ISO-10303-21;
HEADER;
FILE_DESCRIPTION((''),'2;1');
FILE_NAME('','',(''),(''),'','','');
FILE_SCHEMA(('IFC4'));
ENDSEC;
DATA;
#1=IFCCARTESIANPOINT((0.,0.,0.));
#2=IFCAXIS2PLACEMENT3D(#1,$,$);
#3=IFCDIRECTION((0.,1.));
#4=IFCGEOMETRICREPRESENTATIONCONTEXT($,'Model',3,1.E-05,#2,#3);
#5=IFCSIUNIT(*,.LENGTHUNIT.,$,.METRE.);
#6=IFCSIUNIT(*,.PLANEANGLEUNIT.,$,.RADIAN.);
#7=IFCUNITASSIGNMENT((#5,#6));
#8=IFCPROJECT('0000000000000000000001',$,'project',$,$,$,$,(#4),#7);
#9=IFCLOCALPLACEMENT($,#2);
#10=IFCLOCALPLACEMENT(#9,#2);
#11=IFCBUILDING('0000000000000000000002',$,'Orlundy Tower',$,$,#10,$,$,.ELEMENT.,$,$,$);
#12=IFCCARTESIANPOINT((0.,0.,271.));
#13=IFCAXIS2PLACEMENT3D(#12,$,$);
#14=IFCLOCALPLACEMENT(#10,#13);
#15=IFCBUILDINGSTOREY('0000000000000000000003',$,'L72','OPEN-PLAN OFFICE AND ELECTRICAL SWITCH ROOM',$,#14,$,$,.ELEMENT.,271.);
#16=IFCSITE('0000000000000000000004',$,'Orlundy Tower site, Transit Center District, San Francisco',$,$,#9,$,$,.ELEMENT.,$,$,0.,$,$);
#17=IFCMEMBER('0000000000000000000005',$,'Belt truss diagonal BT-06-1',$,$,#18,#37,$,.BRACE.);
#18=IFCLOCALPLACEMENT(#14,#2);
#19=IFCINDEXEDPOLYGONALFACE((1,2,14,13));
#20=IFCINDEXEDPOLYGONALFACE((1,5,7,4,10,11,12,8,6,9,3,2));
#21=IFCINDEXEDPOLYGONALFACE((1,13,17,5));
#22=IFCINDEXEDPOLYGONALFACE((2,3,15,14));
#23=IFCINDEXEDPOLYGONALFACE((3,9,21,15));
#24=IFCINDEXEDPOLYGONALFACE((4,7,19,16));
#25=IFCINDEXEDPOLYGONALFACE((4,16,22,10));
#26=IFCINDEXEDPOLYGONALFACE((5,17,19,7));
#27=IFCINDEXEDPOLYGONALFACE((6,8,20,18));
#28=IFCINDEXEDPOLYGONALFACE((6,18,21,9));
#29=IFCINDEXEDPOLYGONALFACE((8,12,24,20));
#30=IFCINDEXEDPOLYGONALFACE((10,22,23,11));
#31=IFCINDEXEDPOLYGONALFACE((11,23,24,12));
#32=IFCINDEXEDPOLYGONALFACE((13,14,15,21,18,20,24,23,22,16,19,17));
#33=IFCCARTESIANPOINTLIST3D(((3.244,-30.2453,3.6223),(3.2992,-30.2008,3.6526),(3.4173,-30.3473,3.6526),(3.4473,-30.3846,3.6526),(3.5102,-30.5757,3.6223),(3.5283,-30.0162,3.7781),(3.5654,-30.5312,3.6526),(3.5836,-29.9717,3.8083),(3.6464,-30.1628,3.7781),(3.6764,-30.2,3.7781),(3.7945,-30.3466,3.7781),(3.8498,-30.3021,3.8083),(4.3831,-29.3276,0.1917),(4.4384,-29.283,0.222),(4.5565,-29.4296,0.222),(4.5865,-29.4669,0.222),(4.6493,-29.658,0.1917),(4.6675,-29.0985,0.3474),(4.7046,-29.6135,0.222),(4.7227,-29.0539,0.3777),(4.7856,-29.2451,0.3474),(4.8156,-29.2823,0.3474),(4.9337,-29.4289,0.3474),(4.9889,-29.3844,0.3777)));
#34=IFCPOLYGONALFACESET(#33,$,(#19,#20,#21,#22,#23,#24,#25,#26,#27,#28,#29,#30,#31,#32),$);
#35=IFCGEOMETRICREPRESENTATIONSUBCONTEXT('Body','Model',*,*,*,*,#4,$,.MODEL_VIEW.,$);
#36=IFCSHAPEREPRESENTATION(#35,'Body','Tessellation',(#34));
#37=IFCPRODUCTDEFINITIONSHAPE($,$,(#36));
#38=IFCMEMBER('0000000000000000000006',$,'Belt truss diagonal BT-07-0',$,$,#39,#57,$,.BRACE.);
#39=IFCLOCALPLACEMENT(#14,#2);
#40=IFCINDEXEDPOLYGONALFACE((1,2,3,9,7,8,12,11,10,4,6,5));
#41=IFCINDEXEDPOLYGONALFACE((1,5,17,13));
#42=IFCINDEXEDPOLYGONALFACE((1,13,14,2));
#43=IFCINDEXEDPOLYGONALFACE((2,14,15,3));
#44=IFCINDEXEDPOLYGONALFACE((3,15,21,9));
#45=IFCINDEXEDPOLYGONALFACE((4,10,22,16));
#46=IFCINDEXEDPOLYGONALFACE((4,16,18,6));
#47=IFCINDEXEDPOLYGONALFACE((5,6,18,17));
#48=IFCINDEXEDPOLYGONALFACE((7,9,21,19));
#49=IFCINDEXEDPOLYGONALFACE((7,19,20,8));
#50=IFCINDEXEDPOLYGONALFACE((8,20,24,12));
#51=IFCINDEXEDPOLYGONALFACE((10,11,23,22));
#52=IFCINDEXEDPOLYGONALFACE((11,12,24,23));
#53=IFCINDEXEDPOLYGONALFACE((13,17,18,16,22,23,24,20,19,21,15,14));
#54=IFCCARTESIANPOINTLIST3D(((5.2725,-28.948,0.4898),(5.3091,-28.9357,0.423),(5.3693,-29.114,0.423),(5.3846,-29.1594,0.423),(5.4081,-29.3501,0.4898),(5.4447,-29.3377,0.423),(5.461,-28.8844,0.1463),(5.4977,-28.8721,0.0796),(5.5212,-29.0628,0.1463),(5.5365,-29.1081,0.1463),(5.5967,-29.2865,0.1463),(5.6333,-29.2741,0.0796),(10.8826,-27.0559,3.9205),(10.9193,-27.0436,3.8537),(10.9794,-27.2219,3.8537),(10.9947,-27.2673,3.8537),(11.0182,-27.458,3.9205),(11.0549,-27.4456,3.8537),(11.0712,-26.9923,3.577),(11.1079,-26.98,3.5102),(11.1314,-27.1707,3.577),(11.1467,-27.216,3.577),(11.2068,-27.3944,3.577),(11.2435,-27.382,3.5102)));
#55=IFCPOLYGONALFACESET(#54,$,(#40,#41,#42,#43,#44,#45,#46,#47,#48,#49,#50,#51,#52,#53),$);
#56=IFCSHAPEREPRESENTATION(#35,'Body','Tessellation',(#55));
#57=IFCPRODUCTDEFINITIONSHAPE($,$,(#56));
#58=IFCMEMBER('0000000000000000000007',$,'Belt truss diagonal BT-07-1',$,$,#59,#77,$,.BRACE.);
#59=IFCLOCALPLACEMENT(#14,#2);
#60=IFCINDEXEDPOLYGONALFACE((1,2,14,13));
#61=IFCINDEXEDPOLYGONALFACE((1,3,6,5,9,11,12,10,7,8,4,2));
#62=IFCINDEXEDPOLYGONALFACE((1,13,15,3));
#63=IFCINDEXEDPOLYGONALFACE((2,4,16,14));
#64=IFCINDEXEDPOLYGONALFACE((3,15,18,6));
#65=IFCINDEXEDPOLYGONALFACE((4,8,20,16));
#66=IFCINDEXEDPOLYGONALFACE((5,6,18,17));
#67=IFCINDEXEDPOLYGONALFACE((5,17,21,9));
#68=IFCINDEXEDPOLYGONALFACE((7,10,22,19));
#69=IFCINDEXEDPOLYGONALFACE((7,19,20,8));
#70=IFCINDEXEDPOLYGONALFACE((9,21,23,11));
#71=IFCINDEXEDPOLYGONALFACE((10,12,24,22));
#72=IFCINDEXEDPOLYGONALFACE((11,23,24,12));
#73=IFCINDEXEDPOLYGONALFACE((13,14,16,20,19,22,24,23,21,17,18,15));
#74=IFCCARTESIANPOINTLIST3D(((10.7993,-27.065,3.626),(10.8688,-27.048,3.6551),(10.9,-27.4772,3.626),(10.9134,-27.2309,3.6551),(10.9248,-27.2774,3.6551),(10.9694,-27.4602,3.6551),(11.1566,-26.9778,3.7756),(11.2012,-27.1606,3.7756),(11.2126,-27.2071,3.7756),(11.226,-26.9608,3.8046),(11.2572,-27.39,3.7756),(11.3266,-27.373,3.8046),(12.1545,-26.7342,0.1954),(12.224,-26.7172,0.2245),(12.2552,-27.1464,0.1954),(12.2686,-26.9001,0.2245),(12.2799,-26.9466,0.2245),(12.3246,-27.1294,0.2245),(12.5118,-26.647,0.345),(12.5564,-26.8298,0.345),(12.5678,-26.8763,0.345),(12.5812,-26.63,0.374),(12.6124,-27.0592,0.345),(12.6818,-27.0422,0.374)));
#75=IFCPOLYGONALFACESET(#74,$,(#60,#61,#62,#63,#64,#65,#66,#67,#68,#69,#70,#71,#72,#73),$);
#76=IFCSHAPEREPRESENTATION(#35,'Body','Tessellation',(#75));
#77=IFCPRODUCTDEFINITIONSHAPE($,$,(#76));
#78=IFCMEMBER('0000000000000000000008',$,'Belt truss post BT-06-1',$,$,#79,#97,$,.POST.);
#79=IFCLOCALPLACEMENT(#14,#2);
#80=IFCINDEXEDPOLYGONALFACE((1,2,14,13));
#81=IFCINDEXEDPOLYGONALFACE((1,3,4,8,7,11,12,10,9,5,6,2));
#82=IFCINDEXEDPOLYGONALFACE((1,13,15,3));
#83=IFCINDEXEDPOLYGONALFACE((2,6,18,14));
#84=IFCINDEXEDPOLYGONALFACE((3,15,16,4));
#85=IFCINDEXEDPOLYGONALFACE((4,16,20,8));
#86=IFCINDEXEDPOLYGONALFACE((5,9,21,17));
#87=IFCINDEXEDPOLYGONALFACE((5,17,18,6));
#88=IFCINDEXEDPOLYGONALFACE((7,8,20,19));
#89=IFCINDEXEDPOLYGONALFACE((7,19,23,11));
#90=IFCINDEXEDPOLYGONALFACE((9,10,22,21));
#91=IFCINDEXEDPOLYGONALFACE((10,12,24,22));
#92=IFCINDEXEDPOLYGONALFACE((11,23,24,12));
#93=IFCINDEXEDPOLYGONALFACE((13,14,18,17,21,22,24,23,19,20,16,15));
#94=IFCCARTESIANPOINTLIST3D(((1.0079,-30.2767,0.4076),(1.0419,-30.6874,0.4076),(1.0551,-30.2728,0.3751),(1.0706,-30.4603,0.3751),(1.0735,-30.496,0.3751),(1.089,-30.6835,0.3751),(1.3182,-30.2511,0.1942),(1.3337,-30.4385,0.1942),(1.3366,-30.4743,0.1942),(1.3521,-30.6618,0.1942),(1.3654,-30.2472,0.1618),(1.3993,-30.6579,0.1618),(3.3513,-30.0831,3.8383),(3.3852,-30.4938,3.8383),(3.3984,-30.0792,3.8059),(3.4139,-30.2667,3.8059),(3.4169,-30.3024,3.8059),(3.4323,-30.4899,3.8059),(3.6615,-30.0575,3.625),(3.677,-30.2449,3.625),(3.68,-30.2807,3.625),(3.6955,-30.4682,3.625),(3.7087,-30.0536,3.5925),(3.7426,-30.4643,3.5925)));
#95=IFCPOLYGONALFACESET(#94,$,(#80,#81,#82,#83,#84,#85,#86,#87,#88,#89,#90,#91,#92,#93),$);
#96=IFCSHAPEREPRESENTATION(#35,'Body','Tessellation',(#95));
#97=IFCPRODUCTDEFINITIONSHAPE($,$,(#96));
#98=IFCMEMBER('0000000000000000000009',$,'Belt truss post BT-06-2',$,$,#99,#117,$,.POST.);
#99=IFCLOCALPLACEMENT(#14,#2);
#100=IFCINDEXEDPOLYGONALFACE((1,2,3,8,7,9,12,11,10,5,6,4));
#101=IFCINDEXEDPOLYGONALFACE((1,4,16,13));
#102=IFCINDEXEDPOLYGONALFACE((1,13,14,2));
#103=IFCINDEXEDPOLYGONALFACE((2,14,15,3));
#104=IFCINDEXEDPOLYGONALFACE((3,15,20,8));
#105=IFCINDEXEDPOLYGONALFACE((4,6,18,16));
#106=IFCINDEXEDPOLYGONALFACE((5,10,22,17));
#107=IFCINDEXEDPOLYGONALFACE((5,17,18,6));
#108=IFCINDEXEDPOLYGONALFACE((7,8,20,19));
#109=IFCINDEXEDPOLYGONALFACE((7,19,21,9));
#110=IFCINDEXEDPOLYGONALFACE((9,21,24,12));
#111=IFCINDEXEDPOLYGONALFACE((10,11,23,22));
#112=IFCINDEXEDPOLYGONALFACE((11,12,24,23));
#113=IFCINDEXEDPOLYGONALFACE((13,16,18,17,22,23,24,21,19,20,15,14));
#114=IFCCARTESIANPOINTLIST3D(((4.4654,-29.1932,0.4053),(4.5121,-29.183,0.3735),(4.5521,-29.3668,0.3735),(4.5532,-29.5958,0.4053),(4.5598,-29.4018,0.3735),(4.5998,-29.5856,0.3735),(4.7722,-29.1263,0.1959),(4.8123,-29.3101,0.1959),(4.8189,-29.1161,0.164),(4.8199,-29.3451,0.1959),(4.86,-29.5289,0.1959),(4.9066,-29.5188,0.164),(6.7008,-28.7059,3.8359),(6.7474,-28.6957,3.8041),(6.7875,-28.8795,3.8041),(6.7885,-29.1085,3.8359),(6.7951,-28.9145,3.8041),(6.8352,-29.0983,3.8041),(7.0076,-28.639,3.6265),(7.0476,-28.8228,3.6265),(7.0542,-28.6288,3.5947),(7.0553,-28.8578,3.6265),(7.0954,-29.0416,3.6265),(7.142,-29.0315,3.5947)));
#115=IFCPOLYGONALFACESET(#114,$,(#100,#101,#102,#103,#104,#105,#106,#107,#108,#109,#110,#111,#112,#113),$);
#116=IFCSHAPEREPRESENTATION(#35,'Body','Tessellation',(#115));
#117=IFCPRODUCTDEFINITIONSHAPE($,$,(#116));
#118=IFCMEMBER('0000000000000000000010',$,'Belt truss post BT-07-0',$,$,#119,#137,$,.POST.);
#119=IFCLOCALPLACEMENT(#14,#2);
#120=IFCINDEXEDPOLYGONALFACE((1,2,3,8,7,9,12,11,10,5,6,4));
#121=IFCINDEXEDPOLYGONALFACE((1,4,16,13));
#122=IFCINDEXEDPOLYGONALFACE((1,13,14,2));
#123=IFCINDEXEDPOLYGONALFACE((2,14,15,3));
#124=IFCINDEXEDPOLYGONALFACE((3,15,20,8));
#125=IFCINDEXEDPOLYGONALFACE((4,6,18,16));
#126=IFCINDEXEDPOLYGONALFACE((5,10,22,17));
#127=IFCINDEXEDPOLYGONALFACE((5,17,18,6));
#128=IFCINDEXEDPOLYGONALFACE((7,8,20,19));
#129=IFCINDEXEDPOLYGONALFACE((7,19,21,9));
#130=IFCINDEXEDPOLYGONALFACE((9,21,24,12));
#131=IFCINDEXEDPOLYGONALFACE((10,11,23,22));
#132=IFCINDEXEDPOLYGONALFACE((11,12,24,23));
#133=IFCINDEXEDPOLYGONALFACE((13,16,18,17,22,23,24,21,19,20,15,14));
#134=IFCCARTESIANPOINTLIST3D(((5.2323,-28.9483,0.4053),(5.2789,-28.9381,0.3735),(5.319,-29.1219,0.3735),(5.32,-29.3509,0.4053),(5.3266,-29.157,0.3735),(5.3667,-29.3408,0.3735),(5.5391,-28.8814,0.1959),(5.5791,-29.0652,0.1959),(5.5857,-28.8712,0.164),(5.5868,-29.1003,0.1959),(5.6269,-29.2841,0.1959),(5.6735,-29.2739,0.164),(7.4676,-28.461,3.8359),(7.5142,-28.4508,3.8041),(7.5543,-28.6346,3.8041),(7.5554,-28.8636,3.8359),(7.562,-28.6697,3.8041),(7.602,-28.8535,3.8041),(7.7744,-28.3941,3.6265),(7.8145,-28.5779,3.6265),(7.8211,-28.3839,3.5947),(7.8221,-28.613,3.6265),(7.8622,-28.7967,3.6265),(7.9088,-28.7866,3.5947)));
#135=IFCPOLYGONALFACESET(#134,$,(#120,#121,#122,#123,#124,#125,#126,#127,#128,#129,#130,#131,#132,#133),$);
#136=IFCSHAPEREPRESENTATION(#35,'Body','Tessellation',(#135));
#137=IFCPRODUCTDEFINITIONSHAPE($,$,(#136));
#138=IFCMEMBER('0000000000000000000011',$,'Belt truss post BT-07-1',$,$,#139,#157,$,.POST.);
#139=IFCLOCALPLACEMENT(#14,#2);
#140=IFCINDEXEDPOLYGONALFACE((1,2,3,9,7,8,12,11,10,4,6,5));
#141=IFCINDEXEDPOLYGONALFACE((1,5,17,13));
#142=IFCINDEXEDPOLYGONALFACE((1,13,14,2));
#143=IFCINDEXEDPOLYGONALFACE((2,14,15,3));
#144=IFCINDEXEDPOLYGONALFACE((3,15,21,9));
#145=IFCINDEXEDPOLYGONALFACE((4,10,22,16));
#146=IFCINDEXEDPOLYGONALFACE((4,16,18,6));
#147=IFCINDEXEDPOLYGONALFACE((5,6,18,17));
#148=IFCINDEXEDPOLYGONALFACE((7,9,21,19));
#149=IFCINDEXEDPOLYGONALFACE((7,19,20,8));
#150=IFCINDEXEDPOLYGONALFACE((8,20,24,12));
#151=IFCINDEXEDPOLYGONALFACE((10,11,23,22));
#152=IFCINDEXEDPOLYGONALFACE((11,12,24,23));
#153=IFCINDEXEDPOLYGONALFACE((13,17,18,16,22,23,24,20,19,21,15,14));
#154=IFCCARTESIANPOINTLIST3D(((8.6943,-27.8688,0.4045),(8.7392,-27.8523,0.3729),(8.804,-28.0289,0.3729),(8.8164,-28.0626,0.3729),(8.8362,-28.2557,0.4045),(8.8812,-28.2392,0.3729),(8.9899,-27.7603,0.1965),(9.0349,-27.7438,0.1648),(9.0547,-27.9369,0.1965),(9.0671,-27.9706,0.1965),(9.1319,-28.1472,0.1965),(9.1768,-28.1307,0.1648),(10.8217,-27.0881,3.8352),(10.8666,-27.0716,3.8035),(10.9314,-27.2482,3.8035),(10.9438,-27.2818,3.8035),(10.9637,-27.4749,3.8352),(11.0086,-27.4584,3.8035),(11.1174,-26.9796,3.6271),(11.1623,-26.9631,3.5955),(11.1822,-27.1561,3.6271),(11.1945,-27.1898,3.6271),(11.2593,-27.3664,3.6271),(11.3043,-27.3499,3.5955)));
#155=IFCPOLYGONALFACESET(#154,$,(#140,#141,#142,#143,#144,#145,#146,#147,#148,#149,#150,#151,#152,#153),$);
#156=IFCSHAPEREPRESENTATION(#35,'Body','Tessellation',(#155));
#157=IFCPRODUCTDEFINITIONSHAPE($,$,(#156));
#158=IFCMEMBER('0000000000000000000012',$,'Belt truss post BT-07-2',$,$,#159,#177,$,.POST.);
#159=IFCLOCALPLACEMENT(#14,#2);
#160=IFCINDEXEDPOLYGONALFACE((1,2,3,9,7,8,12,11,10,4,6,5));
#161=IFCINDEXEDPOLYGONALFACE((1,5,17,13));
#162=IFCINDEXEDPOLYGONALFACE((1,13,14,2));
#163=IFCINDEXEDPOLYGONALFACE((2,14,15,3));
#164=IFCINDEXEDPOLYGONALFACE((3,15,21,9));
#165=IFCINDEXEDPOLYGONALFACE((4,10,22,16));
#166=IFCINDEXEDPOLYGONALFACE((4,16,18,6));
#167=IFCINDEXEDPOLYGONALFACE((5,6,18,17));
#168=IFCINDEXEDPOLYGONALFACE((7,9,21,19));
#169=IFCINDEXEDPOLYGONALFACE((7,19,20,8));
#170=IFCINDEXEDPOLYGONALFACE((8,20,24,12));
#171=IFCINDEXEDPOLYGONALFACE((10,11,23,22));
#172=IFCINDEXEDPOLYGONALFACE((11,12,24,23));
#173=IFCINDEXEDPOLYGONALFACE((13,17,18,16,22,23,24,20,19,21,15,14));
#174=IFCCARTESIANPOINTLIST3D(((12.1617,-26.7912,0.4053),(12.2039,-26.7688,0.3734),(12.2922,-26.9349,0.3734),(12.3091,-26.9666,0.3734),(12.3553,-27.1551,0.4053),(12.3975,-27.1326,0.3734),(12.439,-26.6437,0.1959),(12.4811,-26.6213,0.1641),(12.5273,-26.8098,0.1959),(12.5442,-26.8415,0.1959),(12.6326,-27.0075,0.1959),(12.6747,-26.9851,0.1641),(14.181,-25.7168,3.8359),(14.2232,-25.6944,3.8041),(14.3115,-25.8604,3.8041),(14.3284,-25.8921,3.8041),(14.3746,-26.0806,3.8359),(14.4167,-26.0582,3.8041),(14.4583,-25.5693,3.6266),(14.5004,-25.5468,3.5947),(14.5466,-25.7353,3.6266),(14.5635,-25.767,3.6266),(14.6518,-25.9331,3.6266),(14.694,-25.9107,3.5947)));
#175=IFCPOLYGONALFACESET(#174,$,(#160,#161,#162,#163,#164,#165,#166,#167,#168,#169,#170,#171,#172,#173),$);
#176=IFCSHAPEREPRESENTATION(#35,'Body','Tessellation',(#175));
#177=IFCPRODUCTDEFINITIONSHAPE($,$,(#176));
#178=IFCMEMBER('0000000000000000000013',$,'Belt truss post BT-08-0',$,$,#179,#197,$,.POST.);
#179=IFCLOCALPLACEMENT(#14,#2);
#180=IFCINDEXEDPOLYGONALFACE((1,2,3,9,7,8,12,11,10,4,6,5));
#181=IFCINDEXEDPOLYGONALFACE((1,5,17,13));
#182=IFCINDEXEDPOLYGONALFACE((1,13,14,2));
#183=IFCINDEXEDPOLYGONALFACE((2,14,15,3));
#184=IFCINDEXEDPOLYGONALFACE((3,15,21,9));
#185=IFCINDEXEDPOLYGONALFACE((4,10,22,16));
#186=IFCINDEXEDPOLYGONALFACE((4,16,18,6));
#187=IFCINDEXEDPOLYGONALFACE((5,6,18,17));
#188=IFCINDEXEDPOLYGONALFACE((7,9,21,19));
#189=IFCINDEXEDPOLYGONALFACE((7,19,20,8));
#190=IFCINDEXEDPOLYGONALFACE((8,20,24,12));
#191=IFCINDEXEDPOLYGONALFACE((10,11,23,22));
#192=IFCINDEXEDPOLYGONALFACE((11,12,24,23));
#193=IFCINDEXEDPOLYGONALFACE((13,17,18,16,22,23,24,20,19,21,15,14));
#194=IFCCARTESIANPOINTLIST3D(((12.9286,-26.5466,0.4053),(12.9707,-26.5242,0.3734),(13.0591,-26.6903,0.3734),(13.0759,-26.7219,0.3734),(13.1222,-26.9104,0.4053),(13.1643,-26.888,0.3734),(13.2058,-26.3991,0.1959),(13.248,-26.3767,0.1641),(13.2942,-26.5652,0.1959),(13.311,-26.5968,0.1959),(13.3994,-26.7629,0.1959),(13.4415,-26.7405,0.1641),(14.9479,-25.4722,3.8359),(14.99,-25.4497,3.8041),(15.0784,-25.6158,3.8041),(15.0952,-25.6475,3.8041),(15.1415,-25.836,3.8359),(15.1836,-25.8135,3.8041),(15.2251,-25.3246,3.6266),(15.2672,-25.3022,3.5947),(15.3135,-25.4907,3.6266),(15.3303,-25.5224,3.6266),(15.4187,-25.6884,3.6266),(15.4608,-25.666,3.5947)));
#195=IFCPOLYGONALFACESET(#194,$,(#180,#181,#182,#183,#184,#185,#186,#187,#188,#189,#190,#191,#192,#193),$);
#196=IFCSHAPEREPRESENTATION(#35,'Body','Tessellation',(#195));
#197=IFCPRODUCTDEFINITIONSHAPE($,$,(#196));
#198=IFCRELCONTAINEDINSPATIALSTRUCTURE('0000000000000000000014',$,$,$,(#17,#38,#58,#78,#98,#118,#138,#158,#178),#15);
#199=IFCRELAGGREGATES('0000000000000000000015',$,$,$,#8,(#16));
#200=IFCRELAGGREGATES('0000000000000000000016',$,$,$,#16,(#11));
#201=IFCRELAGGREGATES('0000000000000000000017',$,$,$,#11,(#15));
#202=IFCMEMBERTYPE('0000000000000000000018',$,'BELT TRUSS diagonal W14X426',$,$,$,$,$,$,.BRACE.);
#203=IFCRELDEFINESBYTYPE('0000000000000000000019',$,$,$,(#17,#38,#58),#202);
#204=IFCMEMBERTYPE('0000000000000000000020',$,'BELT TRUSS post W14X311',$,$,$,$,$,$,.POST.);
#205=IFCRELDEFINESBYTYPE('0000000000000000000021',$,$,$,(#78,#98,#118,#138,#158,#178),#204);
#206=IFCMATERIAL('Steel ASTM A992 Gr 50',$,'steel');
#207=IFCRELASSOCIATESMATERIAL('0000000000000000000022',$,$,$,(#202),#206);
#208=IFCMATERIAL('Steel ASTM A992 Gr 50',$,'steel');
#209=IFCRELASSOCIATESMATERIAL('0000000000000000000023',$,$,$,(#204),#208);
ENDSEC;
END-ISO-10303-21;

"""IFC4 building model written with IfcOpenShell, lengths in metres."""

from ifc_helpers import new_model, si_unit, direction, frame, origin, origin_2d, place, context, subcontext, project, spatial, i_section, extrude, material, material_profile, profile_set, type_object, element, save


model = new_model("IFC4")

# Units and contexts
model_context = context("Model", 3, precision=1e-05, world=origin(), true_north=direction((0.0, 1.0)))
body_context = subcontext(model_context, "Body", "Model", "MODEL_VIEW")
ifc_project = project(units=[si_unit("LENGTHUNIT", "METRE"), si_unit("PLANEANGLEUNIT", "RADIAN")], contexts=[model_context])

# Site, building, storey
site_placement = place(None, origin())
site = spatial("IfcSite", under=ifc_project, at=site_placement, Name="Orlundy Tower site, Transit Center District, San Francisco", CompositionType="ELEMENT", RefElevation=0.0)
building_placement = place(site_placement, origin())
building = spatial("IfcBuilding", under=site, at=building_placement, Name="Orlundy Tower", CompositionType="ELEMENT")
storey_placement = place(building_placement, frame((0.0, 0.0, 271.0)))
storey = spatial("IfcBuildingStorey", under=building, at=storey_placement, Name="L72", Description="OPEN-PLAN OFFICE AND ELECTRICAL SWITCH ROOM", CompositionType="ELEMENT", Elevation=271.0)

# Members
ifc_material_1 = material(Name="Steel ASTM A992 Gr 50", Category="steel")
ifc_material_profile_1 = material_profile(ifc_material_1, i_section(OverallWidth=0.4243, OverallDepth=0.4741, WebThickness=0.0479, FlangeThickness=0.0771, at=origin_2d()), Name="W14X426")
ifc_profile_set_1 = profile_set([ifc_material_profile_1], Name="Steel ASTM A992 Gr 50")
member_type_1 = type_object("IfcMemberType", Name="BELT TRUSS diagonal W14X426", PredefinedType="BRACE", material=ifc_profile_set_1)
member_1_placement = place(storey_placement, frame((3.5469, -30.2737, 3.7153), z_axis=(0.305444, 0.24607, -0.919866), x_axis=(-0.627358, 0.778731, 0.0)))
element("IfcMember", 1, at=member_1_placement, inside=storey, type_object=member_type_1, Name="Belt truss diagonal BT-06-1", PredefinedType="BRACE", context=body_context, shape_type="SweptSolid", body=[
    extrude(i_section(OverallWidth=0.4243, OverallDepth=0.4741, WebThickness=0.0479, FlangeThickness=0.0771, at=origin_2d()), origin(), (0.0, 0.0, 1.0), 3.7295),
])
member_2_placement = place(storey_placement, frame((5.4529, -29.1111, 0.2847), z_axis=(0.819866, 0.276512, 0.50136), x_axis=(-0.319578, 0.94756, 0.0)))
element("IfcMember", 2, at=member_2_placement, inside=storey, type_object=member_type_1, Name="Belt truss diagonal BT-07-0", PredefinedType="BRACE", context=body_context, shape_type="SweptSolid", body=[
    extrude(i_section(OverallWidth=0.4243, OverallDepth=0.4741, WebThickness=0.0479, FlangeThickness=0.0771, at=origin_2d()), origin(), (0.0, 0.0, 1.0), 6.8428),
])
member_3_placement = place(storey_placement, frame((11.063, -27.219, 3.7153), z_axis=(0.365936, 0.089325, -0.926343), x_axis=(-0.237137, 0.971476, 0.0)))
element("IfcMember", 3, at=member_3_placement, inside=storey, type_object=member_type_1, Name="Belt truss diagonal BT-07-1", PredefinedType="BRACE", context=body_context, shape_type="SweptSolid", body=[
    extrude(i_section(OverallWidth=0.4243, OverallDepth=0.4741, WebThickness=0.0479, FlangeThickness=0.0771, at=origin_2d()), origin(), (0.0, 0.0, 1.0), 3.7034),
])
ifc_material_2 = material(Name="Steel ASTM A992 Gr 50", Category="steel")
ifc_material_profile_2 = material_profile(ifc_material_2, i_section(OverallWidth=0.4121, OverallDepth=0.4348, WebThickness=0.0359, FlangeThickness=0.0574, at=origin_2d()), Name="W14X311")
ifc_profile_set_2 = profile_set([ifc_material_profile_2], Name="Steel ASTM A992 Gr 50")
member_type_2 = type_object("IfcMemberType", Name="BELT TRUSS post W14X311", PredefinedType="POST", material=ifc_profile_set_2)
member_4_placement = place(storey_placement, frame((1.2036, -30.4673, 0.2847), z_axis=(0.563411, 0.04655, 0.824864), x_axis=(-0.082341, 0.996604, 0.0)))
element("IfcMember", 4, at=member_4_placement, inside=storey, type_object=member_type_2, Name="Belt truss post BT-06-1", PredefinedType="POST", context=body_context, shape_type="SweptSolid", body=[
    extrude(i_section(OverallWidth=0.4121, OverallDepth=0.4348, WebThickness=0.0359, FlangeThickness=0.0574, at=origin_2d()), origin(), (0.0, 0.0, 1.0), 4.1592),
])
for number, where, z_axis, x_axis, name in (
    (5, (4.686, -29.356, 0.2847), (0.542093, 0.118176, 0.831967), (-0.212997, 0.977053, 0.0), "Belt truss post BT-06-2"),
    (6, (5.4529, -29.1111, 0.2847), (0.542093, 0.118176, 0.831967), (-0.212997, 0.977053, 0.0), "Belt truss post BT-07-0"),
):
    element("IfcMember", number, at=place(storey_placement, frame(where, z_axis=z_axis, x_axis=x_axis)), inside=storey, type_object=member_type_2, Name=name, PredefinedType="POST", context=body_context, shape_type="SweptSolid", body=[
        extrude(i_section(OverallWidth=0.4121, OverallDepth=0.4348, WebThickness=0.0359, FlangeThickness=0.0574, at=origin_2d()), origin(), (0.0, 0.0, 1.0), 4.1235),
    ])
member_5_placement = place(storey_placement, frame((8.9355, -27.9998, 0.2847), z_axis=(0.517427, 0.189894, 0.834392), x_axis=(-0.344527, 0.938776, 0.0)))
element("IfcMember", 7, at=member_5_placement, inside=storey, type_object=member_type_2, Name="Belt truss post BT-07-1", PredefinedType="POST", context=body_context, shape_type="SweptSolid", body=[
    extrude(i_section(OverallWidth=0.4121, OverallDepth=0.4348, WebThickness=0.0359, FlangeThickness=0.0574, at=origin_2d()), origin(), (0.0, 0.0, 1.0), 4.1116),
])
for number, where, z_axis, x_axis, name in (
    (8, (12.4182, -26.8882, 0.2847), (0.489728, 0.260584, 0.832023), (-0.46974, 0.882805, 0.0), "Belt truss post BT-07-2"),
    (9, (13.1851, -26.6436, 0.2847), (0.489728, 0.260584, 0.832023), (-0.46974, 0.882805, 0.0), "Belt truss post BT-08-0"),
):
    element("IfcMember", number, at=place(storey_placement, frame(where, z_axis=z_axis, x_axis=x_axis)), inside=storey, type_object=member_type_2, Name=name, PredefinedType="POST", context=body_context, shape_type="SweptSolid", body=[
        extrude(i_section(OverallWidth=0.4121, OverallDepth=0.4348, WebThickness=0.0359, FlangeThickness=0.0574, at=origin_2d()), origin(), (0.0, 0.0, 1.0), 4.1233),
    ])

save(model, "model.ifc")
